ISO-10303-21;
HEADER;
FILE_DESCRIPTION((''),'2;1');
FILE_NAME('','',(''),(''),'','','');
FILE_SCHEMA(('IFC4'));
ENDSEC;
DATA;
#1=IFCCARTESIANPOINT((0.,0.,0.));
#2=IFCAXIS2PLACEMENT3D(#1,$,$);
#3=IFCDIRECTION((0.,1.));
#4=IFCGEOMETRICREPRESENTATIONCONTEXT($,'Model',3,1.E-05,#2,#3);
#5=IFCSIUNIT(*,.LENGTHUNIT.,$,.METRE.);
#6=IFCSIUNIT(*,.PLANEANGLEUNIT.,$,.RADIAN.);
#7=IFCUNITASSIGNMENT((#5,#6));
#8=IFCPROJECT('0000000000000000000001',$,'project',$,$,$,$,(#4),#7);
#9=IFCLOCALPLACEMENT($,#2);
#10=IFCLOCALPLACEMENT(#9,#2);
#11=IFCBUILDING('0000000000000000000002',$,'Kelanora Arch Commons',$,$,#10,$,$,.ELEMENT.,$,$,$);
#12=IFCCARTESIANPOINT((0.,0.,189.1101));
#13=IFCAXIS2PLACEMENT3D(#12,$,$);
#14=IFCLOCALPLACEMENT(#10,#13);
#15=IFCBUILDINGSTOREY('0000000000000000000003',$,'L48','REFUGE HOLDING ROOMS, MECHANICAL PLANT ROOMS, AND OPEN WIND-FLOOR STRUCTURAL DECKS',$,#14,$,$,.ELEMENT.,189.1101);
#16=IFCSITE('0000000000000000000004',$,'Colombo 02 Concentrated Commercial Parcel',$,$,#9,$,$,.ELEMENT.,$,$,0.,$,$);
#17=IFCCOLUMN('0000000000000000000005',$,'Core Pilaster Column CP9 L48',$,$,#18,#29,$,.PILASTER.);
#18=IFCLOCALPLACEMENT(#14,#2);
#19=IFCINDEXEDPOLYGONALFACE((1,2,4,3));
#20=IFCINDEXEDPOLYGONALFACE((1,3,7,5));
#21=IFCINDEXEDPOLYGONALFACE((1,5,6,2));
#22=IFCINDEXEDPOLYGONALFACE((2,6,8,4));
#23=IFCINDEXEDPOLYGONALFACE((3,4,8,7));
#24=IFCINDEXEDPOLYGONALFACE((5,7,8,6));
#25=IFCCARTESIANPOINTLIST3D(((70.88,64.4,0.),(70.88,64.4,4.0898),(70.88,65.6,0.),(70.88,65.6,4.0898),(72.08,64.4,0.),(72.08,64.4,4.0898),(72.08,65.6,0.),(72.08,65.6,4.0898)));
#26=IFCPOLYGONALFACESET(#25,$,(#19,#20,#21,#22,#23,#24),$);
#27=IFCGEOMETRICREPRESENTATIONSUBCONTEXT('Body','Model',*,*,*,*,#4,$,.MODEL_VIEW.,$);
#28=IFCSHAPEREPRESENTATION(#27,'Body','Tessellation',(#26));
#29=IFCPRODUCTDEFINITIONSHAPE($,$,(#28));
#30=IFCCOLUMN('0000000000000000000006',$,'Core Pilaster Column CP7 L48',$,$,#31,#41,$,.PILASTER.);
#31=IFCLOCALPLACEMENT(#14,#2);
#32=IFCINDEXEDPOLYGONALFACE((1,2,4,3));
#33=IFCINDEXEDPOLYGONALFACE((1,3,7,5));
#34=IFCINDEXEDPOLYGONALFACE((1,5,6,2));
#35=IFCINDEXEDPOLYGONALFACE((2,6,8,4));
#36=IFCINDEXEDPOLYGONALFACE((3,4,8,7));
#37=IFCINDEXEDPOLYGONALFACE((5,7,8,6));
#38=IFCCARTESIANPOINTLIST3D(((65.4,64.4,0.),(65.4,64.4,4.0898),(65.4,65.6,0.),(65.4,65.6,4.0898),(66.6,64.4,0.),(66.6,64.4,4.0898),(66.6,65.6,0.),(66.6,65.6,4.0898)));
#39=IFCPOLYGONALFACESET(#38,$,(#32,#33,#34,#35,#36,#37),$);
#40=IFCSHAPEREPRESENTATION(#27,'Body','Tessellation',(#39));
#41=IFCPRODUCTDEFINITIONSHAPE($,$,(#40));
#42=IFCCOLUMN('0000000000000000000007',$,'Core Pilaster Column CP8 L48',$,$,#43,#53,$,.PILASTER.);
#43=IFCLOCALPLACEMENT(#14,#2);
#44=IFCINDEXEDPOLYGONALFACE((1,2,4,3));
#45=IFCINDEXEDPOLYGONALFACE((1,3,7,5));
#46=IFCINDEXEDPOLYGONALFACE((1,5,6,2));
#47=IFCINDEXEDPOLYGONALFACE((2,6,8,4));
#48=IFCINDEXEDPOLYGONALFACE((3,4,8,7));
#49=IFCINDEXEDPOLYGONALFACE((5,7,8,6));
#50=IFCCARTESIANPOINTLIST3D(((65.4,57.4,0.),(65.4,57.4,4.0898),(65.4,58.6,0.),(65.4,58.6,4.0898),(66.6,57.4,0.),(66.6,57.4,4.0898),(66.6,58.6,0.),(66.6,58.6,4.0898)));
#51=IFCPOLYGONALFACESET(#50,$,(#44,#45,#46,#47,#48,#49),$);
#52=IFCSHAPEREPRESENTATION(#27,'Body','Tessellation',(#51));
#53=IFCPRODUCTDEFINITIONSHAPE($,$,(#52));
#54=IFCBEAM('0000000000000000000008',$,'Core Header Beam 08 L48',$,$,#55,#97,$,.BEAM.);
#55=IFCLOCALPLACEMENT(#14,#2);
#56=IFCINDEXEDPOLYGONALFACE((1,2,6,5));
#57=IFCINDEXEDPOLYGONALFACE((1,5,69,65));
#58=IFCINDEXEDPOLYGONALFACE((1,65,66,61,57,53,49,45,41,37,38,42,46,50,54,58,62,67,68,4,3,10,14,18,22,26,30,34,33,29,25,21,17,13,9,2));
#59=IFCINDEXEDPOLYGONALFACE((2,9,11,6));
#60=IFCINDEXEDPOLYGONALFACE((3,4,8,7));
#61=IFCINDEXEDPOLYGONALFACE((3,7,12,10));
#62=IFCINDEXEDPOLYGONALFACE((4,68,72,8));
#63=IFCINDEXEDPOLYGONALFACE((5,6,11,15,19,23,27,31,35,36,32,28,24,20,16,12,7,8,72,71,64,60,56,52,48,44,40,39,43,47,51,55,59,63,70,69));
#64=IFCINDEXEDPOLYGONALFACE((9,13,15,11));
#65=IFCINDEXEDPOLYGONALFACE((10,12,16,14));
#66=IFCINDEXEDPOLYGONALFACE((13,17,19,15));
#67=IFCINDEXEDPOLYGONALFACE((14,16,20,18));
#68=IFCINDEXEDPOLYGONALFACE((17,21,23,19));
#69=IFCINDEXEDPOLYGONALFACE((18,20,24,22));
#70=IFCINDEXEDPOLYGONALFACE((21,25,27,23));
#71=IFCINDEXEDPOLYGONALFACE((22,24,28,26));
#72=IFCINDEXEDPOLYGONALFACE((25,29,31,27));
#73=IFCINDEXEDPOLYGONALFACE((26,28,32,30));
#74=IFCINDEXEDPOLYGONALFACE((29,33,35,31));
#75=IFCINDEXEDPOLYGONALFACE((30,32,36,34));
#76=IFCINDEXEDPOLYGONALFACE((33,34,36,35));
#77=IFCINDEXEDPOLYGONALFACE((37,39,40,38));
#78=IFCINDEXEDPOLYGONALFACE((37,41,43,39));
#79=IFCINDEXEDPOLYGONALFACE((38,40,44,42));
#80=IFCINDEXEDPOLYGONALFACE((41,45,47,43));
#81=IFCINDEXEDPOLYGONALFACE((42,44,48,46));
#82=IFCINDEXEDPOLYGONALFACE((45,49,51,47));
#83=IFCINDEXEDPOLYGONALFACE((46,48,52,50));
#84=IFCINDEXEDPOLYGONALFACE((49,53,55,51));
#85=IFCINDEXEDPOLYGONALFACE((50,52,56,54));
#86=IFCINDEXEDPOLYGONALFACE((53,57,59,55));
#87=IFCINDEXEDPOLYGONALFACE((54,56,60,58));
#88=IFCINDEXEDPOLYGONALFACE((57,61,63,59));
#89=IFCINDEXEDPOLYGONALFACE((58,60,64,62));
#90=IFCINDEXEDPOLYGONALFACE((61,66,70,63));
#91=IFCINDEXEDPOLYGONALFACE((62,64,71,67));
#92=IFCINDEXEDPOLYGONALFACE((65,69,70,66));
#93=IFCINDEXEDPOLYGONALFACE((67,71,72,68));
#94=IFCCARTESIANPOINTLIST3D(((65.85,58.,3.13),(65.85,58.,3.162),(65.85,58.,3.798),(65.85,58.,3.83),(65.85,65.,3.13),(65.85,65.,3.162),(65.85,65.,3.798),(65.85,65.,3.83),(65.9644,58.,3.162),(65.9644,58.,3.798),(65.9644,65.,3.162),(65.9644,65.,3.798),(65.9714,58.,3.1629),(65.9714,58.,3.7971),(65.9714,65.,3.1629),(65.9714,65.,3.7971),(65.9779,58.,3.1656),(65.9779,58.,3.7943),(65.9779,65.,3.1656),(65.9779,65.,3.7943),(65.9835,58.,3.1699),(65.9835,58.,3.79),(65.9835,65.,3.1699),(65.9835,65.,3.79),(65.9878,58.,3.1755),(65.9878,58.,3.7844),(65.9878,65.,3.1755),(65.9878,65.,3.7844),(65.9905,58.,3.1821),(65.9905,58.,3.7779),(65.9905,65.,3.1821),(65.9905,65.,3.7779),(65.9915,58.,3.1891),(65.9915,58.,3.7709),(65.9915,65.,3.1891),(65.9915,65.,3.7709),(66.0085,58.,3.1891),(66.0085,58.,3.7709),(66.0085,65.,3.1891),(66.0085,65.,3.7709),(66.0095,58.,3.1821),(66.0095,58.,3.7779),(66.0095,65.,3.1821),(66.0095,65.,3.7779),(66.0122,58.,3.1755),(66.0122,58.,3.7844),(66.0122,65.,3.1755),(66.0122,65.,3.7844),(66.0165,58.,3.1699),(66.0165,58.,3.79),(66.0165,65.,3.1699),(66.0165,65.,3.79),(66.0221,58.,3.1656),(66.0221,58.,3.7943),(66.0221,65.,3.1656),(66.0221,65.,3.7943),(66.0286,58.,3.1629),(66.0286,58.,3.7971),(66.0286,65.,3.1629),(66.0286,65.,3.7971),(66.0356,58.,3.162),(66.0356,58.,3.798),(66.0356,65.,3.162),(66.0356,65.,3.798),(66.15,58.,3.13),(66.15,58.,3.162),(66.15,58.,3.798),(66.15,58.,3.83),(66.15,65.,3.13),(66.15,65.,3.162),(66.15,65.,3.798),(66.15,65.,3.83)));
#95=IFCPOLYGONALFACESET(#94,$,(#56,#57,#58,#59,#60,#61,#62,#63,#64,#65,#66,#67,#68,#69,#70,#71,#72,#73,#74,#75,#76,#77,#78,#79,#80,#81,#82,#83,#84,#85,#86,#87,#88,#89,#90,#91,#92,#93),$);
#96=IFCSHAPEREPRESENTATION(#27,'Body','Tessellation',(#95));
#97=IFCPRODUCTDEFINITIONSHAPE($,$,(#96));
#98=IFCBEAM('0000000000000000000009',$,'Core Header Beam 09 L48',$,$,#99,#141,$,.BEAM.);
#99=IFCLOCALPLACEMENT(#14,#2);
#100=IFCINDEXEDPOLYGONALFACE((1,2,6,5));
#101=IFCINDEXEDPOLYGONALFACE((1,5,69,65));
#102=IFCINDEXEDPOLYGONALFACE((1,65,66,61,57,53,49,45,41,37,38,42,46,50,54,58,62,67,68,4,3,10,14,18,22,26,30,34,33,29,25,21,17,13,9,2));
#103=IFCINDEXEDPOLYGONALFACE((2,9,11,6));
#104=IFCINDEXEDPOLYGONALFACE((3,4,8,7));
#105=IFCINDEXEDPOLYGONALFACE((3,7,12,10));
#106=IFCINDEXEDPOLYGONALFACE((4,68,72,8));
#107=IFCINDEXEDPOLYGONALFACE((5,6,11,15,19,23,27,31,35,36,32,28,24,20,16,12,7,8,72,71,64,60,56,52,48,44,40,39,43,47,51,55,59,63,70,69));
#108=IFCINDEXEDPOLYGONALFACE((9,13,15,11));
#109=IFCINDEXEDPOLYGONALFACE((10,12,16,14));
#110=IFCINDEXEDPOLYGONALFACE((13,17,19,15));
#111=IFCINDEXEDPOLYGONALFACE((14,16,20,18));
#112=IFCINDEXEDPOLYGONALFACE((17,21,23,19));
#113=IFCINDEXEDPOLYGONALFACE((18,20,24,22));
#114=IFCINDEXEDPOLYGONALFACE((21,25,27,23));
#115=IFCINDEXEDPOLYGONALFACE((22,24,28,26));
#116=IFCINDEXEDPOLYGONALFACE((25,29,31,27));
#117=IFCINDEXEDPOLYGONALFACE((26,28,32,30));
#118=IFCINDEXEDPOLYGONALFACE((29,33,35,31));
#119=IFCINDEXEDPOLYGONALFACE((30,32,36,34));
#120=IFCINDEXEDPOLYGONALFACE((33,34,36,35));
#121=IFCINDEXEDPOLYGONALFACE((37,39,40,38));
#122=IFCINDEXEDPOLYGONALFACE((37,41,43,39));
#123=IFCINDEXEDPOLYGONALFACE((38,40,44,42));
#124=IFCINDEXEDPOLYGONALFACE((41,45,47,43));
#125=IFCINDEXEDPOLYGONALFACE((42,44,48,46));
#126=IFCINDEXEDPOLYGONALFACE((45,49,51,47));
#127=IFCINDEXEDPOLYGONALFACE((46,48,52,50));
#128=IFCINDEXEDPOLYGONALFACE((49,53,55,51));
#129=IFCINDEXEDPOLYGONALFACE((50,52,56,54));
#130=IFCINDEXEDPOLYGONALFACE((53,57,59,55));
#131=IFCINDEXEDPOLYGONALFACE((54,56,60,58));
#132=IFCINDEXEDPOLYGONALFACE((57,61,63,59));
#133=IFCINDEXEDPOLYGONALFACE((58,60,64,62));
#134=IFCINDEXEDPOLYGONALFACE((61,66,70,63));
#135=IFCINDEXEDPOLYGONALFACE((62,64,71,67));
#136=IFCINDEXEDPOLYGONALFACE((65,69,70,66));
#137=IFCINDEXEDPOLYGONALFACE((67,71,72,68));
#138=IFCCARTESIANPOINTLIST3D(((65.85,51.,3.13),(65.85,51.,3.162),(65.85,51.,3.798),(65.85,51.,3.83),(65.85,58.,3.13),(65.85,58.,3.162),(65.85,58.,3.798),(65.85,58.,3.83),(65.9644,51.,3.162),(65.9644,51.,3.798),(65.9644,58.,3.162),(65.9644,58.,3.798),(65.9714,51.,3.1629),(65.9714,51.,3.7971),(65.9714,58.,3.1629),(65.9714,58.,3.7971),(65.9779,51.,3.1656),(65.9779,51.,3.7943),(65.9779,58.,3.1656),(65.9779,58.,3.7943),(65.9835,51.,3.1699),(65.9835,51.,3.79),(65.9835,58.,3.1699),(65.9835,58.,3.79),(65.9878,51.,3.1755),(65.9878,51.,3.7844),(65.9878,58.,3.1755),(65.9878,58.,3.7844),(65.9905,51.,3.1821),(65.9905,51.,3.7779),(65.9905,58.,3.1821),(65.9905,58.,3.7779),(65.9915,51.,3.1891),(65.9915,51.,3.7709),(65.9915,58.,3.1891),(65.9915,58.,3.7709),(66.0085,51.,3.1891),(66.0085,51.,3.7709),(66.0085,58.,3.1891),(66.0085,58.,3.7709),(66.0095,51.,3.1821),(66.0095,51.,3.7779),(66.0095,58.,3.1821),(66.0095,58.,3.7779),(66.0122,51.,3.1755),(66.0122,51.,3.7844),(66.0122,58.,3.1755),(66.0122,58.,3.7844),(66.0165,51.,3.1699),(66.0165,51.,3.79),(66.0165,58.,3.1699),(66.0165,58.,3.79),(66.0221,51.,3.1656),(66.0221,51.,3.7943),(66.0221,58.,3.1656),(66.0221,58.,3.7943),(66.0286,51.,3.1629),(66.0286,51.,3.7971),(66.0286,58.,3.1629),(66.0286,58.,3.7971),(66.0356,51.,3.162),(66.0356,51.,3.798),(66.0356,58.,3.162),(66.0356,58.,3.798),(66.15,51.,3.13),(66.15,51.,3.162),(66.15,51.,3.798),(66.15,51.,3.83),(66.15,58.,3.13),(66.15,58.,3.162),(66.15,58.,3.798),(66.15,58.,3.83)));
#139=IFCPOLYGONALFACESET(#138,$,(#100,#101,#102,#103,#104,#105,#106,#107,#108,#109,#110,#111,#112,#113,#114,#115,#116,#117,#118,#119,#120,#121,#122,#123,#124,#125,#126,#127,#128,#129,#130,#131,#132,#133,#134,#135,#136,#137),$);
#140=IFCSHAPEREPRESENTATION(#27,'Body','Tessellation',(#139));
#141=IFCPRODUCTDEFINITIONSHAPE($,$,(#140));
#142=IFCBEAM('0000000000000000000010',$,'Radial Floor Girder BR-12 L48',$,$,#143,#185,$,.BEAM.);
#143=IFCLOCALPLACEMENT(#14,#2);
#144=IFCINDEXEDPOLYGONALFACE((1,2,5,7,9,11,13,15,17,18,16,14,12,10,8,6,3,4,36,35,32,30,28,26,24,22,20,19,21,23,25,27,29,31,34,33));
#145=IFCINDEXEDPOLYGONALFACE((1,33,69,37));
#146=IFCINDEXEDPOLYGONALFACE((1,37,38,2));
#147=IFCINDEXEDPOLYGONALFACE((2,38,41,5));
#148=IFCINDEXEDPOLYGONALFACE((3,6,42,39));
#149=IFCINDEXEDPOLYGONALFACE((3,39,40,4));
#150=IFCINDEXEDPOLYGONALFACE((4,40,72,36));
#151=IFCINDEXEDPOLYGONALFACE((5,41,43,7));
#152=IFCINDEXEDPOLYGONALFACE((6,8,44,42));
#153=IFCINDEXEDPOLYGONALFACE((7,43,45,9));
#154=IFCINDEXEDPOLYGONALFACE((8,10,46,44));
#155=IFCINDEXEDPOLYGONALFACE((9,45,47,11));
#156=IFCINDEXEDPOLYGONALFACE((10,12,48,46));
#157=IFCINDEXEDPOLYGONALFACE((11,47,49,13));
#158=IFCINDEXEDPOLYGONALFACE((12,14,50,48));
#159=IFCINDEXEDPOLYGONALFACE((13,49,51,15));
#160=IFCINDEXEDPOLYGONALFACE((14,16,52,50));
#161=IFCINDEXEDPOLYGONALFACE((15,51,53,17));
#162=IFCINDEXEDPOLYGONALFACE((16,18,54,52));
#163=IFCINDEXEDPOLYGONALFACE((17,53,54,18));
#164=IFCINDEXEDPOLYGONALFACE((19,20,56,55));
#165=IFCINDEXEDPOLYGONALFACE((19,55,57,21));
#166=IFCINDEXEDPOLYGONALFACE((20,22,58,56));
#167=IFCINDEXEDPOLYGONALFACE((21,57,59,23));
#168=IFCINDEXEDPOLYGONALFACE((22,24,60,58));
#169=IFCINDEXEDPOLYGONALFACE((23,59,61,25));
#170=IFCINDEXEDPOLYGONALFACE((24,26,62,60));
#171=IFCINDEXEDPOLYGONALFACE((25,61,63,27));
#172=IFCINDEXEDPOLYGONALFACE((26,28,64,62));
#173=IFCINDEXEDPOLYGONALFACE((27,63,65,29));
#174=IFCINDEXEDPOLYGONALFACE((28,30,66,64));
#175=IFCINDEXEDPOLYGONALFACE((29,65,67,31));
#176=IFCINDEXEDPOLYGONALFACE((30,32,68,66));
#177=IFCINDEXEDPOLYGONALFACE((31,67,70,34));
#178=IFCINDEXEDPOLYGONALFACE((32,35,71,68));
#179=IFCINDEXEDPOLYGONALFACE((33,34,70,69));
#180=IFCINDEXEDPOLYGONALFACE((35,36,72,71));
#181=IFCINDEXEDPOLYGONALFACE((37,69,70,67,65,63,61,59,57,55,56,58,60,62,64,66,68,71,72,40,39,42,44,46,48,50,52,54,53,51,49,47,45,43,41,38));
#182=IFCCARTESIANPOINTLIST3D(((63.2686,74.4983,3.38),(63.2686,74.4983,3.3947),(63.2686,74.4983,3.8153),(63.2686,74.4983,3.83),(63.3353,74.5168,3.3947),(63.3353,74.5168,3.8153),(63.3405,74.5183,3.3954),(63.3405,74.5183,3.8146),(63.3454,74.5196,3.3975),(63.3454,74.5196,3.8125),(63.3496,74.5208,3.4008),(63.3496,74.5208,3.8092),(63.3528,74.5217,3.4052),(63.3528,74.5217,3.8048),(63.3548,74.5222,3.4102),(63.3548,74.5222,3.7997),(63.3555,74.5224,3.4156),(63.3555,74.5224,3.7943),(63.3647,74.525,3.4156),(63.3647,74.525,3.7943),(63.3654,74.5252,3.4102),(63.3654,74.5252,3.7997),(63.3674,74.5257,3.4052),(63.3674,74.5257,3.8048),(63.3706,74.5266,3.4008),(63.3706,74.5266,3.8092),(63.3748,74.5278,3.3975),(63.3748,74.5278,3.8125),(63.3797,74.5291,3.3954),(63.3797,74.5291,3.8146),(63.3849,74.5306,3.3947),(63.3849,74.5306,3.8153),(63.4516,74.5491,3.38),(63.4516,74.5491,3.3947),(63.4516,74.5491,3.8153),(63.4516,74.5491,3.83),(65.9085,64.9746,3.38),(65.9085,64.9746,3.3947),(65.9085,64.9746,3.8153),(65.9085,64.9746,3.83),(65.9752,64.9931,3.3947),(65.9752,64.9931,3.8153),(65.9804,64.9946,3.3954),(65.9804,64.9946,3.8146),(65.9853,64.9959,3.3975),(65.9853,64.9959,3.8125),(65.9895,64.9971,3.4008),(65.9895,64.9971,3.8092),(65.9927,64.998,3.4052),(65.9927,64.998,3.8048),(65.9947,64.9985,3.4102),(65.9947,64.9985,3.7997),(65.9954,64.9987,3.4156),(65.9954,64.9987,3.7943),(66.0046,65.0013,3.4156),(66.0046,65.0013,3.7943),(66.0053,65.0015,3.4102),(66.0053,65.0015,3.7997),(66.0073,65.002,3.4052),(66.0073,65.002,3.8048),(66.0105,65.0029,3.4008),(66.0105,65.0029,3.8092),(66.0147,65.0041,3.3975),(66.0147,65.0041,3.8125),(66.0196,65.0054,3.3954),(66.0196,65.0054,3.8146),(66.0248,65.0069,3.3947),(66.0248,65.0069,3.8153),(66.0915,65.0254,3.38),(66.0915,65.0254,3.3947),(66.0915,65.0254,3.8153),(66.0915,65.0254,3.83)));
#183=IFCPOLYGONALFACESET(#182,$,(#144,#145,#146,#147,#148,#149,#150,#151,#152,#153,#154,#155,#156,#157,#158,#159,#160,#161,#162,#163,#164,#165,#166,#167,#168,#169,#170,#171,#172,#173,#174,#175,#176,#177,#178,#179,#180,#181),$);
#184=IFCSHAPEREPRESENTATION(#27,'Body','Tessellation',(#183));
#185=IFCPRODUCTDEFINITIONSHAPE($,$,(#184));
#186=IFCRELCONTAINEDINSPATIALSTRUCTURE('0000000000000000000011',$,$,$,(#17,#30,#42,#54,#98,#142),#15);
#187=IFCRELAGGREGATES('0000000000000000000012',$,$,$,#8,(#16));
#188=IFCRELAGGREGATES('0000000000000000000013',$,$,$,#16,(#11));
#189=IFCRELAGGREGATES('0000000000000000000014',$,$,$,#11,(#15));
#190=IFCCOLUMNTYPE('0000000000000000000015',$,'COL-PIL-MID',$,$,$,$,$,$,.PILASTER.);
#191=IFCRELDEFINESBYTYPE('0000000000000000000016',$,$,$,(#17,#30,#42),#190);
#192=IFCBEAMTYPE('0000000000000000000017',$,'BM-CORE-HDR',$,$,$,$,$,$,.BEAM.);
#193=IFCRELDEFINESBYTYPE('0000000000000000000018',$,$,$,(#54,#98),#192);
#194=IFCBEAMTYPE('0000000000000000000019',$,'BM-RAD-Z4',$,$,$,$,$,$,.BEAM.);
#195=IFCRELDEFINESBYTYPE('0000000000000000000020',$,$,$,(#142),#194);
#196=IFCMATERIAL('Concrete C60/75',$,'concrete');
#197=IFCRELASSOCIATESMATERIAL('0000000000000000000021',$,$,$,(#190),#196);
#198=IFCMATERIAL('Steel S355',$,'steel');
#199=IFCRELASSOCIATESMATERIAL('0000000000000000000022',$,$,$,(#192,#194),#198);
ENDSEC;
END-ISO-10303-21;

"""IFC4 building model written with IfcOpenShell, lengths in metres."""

from ifc_helpers import new_model, si_unit, direction, frame, origin, origin_2d, place, context, subcontext, project, spatial, rectangle, i_section, extrude, material, material_profile, profile_set, type_object, element, save


model = new_model("IFC4")

# Units and contexts
model_context = context("Model", 3, precision=1e-05, world=origin(), true_north=direction((0.0, 1.0)))
body_context = subcontext(model_context, "Body", "Model", "MODEL_VIEW")
ifc_project = project(units=[si_unit("LENGTHUNIT", "METRE"), si_unit("PLANEANGLEUNIT", "RADIAN")], contexts=[model_context])

# Site, building, storey
site_placement = place(None, origin())
site = spatial("IfcSite", under=ifc_project, at=site_placement, Name="Colombo 02 Concentrated Commercial Parcel", CompositionType="ELEMENT", RefElevation=0.0)
building_placement = place(site_placement, origin())
building = spatial("IfcBuilding", under=site, at=building_placement, Name="Kelanora Arch Commons", CompositionType="ELEMENT")
storey_placement = place(building_placement, frame((0.0, 0.0, 189.1101)))
storey = spatial("IfcBuildingStorey", under=building, at=storey_placement, Name="L48", Description="REFUGE HOLDING ROOMS, MECHANICAL PLANT ROOMS, AND OPEN WIND-FLOOR STRUCTURAL DECKS", CompositionType="ELEMENT", Elevation=189.1101)

# Columns
ifc_material_1 = material(Name="Concrete C60/75", Category="concrete")
ifc_material_profile_1 = material_profile(ifc_material_1, rectangle(XDim=1.2, YDim=1.2, at=origin_2d()), Name="RC1200x1200")
ifc_profile_set_1 = profile_set([ifc_material_profile_1], Name="Concrete C60/75")
column_type = type_object("IfcColumnType", Name="COL-PIL-MID", PredefinedType="PILASTER", material=ifc_profile_set_1)
for number, where, z_axis, x_axis, name in (
    (1, (71.48, 65.0, 0.0), (0.0, 0.0, 1.0), (1.0, 0.0, 0.0), "Core Pilaster Column CP9 L48"),
    (2, (66.0, 65.0, 0.0), (0.0, 0.0, 1.0), (1.0, 0.0, 0.0), "Core Pilaster Column CP7 L48"),
    (3, (66.0, 58.0, 0.0), (0.0, 0.0, 1.0), (1.0, 0.0, 0.0), "Core Pilaster Column CP8 L48"),
):
    element("IfcColumn", number, at=place(storey_placement, frame(where, z_axis=z_axis, x_axis=x_axis)), inside=storey, type_object=column_type, Name=name, PredefinedType="PILASTER", context=body_context, shape_type="SweptSolid", body=[
        extrude(rectangle(XDim=1.2, YDim=1.2, at=origin_2d()), origin(), (0.0, 0.0, 1.0), 4.0898),
    ])

# Beams
ifc_material_2 = material(Name="Steel S355", Category="steel")
ifc_material_profile_2 = material_profile(ifc_material_2, i_section(OverallWidth=0.3, OverallDepth=0.7, WebThickness=0.0171, FlangeThickness=0.032, FilletRadius=0.0271, at=origin_2d()), Name="HEB700")
ifc_profile_set_2 = profile_set([ifc_material_profile_2], Name="Steel S355")
beam_type_1 = type_object("IfcBeamType", Name="BM-CORE-HDR", PredefinedType="BEAM", material=ifc_profile_set_2)
for number, where, z_axis, x_axis, name in (
    (4, (66.0, 65.0, 3.48), (0.0, -1.0, 0.0), (1.0, 0.0, 0.0), "Core Header Beam 08 L48"),
    (5, (66.0, 58.0, 3.48), (0.0, -1.0, 0.0), (1.0, 0.0, 0.0), "Core Header Beam 09 L48"),
):
    element("IfcBeam", number, at=place(storey_placement, frame(where, z_axis=z_axis, x_axis=x_axis)), inside=storey, type_object=beam_type_1, Name=name, PredefinedType="BEAM", context=body_context, shape_type="SweptSolid", body=[
        extrude(i_section(OverallWidth=0.3, OverallDepth=0.7, WebThickness=0.0171, FlangeThickness=0.032, FilletRadius=0.0271, at=origin_2d()), origin(), (0.0, 0.0, 1.0), 7.0),
    ])
ifc_material_profile_3 = material_profile(ifc_material_2, i_section(OverallWidth=0.1899, OverallDepth=0.45, WebThickness=0.0095, FlangeThickness=0.0146, FilletRadius=0.021, at=origin_2d()), Name="IPE450")
ifc_profile_set_3 = profile_set([ifc_material_profile_3], Name="Steel S355")
beam_type_2 = type_object("IfcBeamType", Name="BM-RAD-Z4", PredefinedType="BEAM", material=ifc_profile_set_3)
beam_1_placement = place(storey_placement, frame((66.0, 65.0, 3.605), z_axis=(-0.26712, 0.963663, 0.0), x_axis=(-0.963663, -0.26712, 0.0)))
element("IfcBeam", 6, at=beam_1_placement, inside=storey, type_object=beam_type_2, Name="Radial Floor Girder BR-12 L48", PredefinedType="BEAM", context=body_context, shape_type="SweptSolid", body=[
    extrude(i_section(OverallWidth=0.1899, OverallDepth=0.45, WebThickness=0.0095, FlangeThickness=0.0146, FilletRadius=0.021, at=origin_2d()), origin(), (0.0, 0.0, 1.0), 9.8828),
])

save(model, "model.ifc")
